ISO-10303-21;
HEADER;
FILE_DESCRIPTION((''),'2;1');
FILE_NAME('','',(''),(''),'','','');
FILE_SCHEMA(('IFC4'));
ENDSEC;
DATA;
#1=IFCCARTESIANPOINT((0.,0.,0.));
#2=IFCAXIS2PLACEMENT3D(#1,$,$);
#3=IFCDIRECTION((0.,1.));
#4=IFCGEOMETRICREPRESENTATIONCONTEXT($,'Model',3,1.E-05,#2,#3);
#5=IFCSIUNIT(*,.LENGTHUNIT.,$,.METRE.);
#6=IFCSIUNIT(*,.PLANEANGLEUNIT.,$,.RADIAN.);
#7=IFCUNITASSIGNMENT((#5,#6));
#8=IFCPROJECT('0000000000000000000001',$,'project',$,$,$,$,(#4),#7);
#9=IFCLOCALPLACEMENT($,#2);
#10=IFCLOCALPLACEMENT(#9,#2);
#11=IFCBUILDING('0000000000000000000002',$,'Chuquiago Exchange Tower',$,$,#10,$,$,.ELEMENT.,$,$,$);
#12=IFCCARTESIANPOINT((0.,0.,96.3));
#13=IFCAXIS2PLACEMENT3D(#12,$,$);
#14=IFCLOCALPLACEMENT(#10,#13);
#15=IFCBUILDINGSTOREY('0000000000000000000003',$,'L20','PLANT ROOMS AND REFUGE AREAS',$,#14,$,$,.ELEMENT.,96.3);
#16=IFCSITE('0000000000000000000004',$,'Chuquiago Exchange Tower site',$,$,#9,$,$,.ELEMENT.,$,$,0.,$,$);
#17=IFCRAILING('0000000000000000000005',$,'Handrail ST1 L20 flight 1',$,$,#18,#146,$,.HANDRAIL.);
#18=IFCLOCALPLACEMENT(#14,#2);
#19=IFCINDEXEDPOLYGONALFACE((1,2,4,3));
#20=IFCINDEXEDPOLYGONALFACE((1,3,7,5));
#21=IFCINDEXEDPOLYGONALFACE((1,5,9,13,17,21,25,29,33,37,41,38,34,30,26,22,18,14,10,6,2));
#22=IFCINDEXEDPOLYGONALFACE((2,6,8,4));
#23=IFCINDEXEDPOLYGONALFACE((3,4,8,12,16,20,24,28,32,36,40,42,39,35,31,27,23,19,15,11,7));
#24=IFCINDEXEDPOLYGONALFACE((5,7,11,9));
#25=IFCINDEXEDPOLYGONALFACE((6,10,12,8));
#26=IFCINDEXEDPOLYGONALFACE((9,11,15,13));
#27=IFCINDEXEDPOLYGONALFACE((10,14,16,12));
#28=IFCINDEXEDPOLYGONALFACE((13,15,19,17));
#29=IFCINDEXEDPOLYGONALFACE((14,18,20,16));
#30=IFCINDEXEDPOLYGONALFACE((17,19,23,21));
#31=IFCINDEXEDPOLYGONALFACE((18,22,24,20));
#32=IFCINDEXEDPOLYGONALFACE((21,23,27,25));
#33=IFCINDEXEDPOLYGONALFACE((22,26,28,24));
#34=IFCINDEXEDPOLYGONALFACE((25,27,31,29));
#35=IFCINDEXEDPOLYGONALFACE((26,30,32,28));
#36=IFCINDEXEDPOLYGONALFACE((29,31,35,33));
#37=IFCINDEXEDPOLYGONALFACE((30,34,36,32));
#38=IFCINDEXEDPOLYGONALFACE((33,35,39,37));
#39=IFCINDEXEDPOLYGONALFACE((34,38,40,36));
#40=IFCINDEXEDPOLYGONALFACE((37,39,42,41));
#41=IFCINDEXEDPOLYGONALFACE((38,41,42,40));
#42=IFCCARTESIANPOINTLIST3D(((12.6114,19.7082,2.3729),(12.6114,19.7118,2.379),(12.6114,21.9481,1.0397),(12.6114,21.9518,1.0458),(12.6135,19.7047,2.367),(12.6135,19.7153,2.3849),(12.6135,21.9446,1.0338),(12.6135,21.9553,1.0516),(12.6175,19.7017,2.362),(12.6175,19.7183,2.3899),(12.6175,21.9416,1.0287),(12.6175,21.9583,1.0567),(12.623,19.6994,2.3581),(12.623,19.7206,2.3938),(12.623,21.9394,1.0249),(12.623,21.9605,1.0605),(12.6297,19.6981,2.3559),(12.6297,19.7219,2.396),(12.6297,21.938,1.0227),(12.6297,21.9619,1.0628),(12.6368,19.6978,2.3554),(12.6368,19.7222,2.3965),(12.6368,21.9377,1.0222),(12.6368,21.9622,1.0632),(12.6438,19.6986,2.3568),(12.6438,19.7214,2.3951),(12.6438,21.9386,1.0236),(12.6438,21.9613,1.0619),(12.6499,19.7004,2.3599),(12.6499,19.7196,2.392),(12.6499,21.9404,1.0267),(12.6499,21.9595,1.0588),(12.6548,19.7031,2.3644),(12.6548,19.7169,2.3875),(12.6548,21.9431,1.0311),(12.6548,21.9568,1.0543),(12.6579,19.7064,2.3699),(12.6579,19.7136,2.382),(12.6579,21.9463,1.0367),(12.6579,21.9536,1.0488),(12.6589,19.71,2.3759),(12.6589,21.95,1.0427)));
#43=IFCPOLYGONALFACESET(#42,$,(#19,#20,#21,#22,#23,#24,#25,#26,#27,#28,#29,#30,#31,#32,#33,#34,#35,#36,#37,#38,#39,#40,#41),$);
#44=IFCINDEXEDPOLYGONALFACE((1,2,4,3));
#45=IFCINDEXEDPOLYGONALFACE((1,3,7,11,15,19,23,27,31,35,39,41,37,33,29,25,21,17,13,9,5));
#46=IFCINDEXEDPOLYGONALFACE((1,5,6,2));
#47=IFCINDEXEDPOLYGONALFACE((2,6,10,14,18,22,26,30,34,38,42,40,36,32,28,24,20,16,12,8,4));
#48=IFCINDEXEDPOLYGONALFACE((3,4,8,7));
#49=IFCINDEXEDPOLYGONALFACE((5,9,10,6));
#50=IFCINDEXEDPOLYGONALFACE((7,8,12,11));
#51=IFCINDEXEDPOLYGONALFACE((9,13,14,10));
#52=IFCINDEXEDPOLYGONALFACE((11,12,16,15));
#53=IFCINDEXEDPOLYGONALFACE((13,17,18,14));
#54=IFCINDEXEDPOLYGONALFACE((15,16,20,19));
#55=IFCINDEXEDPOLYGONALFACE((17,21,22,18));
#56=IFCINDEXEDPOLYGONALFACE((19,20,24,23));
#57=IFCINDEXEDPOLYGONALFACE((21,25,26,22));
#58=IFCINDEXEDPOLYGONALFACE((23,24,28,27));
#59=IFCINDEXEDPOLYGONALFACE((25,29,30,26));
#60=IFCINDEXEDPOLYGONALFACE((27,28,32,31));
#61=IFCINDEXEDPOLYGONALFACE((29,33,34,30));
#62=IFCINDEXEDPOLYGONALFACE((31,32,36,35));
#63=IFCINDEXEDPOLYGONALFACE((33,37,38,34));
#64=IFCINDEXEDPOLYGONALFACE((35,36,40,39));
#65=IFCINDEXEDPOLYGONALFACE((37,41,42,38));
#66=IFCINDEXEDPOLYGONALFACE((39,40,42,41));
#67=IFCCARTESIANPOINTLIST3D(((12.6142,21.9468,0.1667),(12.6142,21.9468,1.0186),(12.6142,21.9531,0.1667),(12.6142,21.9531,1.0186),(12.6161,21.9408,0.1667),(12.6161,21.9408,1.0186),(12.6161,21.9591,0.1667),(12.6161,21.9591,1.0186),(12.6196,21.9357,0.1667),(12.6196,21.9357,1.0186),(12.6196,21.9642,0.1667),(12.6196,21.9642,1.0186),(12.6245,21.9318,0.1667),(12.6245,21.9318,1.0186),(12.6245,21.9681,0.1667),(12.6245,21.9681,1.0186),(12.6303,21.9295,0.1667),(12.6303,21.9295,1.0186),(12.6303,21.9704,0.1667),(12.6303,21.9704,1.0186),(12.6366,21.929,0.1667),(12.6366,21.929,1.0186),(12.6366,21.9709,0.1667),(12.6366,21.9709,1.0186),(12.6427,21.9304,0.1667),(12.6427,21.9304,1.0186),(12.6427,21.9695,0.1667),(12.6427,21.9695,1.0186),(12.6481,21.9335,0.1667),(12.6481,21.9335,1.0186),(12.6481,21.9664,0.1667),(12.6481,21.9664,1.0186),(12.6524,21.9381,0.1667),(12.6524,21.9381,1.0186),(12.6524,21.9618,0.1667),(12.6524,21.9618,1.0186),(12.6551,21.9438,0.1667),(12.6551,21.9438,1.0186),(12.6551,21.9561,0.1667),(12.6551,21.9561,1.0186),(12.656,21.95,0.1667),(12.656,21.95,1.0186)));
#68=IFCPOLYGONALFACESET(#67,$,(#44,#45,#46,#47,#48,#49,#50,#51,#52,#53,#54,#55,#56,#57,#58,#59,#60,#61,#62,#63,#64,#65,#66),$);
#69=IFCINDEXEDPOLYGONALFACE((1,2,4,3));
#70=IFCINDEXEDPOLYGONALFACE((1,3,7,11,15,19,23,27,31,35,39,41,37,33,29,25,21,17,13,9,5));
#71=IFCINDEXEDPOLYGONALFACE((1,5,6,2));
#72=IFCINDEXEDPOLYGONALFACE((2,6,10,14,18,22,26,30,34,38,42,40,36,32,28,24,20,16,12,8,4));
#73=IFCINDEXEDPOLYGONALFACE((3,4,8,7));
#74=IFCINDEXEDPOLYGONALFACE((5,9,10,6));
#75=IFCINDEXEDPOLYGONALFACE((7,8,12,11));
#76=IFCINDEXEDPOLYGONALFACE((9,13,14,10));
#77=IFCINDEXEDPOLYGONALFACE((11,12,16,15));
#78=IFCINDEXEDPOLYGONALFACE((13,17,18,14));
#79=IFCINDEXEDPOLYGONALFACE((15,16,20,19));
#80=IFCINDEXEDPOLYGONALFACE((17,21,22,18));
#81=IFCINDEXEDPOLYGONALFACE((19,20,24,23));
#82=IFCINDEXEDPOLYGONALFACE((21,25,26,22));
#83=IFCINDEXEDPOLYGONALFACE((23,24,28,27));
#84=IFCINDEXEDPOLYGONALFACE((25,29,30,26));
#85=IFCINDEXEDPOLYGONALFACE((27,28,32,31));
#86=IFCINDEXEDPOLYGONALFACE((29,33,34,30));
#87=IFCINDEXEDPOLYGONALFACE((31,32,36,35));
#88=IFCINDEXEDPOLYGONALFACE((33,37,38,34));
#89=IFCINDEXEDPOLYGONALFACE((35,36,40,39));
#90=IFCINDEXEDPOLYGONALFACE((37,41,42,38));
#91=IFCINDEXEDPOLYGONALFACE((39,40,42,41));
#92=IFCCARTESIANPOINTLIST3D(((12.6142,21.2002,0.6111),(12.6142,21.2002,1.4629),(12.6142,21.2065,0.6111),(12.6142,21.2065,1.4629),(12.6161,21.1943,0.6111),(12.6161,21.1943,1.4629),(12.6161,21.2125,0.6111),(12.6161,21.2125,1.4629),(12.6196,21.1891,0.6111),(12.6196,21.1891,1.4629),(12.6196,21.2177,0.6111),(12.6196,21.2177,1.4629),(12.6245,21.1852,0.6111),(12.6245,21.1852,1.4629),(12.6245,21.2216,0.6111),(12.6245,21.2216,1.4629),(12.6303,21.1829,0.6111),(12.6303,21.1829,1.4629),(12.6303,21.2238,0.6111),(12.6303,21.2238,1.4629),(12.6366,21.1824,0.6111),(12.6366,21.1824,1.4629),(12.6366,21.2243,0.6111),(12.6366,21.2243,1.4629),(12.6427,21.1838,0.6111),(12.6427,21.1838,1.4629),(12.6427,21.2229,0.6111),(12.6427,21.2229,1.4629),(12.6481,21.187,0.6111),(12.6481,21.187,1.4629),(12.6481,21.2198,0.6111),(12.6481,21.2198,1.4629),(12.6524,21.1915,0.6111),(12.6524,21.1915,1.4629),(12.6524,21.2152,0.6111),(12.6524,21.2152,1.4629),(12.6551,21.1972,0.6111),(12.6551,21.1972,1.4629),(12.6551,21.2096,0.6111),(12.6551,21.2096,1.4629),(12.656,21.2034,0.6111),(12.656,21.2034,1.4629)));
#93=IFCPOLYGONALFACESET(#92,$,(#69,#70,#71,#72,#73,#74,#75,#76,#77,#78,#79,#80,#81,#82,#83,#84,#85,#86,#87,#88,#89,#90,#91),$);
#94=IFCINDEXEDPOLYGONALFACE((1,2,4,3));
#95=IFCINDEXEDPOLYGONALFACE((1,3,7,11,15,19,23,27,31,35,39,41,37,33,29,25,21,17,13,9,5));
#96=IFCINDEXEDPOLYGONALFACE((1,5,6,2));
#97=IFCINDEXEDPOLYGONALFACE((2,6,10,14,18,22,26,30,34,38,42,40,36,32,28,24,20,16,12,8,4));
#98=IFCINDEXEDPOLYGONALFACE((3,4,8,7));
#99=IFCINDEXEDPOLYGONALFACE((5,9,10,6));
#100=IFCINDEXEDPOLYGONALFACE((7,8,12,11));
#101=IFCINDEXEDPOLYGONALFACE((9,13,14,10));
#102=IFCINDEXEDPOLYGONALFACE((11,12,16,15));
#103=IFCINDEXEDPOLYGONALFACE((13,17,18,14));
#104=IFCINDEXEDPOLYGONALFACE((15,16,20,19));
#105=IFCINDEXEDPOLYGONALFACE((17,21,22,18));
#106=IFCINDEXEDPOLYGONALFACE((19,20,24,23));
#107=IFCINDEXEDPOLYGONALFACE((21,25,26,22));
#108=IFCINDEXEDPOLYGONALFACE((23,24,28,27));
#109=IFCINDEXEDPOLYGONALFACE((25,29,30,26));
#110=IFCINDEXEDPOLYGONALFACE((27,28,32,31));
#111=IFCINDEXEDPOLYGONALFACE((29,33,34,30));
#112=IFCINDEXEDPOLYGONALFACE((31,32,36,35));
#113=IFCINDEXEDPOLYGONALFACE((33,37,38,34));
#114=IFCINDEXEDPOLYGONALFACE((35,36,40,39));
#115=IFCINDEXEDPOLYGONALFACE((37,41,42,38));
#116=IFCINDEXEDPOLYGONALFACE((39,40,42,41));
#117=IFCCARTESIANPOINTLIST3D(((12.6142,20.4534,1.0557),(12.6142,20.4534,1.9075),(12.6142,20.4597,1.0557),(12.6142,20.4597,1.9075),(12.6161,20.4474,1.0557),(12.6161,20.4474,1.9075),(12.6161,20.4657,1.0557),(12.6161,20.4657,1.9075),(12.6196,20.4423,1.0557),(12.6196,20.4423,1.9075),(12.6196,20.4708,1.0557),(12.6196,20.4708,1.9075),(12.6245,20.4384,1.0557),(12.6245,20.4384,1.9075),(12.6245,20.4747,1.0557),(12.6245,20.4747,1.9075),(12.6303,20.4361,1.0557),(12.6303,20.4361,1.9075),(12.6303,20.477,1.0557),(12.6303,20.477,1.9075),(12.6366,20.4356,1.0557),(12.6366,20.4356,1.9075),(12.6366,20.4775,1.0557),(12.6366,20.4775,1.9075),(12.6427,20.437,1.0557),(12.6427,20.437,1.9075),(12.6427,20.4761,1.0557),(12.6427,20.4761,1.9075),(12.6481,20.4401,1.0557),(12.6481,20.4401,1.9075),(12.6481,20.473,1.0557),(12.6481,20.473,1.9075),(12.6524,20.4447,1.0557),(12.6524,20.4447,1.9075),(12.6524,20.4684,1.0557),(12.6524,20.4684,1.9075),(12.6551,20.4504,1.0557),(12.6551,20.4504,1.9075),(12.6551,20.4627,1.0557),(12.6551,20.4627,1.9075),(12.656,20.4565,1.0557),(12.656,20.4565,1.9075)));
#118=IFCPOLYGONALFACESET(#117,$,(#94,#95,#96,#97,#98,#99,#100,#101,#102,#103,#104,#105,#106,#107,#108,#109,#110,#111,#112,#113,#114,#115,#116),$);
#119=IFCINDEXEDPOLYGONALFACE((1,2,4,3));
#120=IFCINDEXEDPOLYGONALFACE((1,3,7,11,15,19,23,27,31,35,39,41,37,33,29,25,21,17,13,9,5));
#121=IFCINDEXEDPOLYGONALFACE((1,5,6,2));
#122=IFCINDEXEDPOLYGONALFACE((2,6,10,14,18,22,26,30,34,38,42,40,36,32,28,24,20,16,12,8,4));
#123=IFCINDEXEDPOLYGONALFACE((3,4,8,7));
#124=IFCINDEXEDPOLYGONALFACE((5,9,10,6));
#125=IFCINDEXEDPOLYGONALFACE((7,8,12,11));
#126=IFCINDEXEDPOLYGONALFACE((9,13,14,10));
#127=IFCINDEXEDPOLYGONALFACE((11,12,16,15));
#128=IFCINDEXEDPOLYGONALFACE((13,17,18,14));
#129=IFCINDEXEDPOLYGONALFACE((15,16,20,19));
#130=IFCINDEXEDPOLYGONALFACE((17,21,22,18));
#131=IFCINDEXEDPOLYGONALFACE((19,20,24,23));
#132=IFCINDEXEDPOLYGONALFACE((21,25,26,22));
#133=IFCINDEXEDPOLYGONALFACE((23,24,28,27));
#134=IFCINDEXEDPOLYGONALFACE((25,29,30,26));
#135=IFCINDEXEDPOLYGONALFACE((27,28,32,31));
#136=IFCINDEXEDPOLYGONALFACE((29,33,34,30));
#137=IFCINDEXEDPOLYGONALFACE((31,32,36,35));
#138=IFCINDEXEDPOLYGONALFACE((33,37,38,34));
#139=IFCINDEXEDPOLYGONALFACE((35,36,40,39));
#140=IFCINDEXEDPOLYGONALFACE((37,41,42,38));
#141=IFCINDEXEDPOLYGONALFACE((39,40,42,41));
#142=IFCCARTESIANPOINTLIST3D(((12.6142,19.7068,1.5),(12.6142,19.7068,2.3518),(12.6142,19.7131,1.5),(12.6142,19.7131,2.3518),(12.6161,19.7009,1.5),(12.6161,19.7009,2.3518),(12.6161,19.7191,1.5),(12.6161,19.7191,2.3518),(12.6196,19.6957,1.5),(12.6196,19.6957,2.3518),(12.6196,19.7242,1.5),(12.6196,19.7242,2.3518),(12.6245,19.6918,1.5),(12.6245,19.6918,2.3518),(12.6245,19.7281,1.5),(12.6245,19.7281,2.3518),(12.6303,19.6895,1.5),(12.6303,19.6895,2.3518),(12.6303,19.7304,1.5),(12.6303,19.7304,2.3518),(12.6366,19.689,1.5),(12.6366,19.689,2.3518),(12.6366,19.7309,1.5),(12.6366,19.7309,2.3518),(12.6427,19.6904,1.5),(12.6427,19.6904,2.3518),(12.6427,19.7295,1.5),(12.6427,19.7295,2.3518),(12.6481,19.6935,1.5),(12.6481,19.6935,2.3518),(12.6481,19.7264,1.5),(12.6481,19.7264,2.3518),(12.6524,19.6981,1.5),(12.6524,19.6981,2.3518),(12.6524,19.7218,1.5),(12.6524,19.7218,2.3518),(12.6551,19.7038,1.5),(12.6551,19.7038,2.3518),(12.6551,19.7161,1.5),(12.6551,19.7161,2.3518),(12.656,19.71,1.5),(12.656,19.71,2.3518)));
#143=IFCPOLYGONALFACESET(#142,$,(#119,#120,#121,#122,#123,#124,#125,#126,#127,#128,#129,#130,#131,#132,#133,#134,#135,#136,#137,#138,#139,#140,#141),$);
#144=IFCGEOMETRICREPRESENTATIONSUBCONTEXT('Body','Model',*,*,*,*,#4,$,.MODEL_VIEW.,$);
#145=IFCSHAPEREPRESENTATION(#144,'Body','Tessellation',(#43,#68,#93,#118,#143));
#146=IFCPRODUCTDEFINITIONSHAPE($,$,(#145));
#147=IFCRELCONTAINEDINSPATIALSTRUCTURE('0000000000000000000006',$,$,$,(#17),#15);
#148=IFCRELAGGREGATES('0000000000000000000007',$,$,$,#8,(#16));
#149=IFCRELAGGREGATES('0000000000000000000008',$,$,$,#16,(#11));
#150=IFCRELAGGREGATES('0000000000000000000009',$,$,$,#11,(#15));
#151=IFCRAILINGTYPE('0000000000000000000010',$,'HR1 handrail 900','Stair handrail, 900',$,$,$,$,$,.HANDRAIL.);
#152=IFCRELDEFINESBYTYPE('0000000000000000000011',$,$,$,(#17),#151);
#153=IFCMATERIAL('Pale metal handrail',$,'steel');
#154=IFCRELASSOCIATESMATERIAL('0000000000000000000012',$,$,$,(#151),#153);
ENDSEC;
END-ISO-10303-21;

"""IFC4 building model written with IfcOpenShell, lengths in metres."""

from ifc_helpers import new_model, si_unit, direction, frame, origin, origin_2d, place, context, subcontext, project, spatial, circle, extrude, material, type_object, element, save


model = new_model("IFC4")

# Units and contexts
model_context = context("Model", 3, precision=1e-05, world=origin(), true_north=direction((0.0, 1.0)))
body_context = subcontext(model_context, "Body", "Model", "MODEL_VIEW")
ifc_project = project(units=[si_unit("LENGTHUNIT", "METRE"), si_unit("PLANEANGLEUNIT", "RADIAN")], contexts=[model_context])

# Site, building, storey
site_placement = place(None, origin())
site = spatial("IfcSite", under=ifc_project, at=site_placement, Name="Chuquiago Exchange Tower site", CompositionType="ELEMENT", RefElevation=0.0)
building_placement = place(site_placement, origin())
building = spatial("IfcBuilding", under=site, at=building_placement, Name="Chuquiago Exchange Tower", CompositionType="ELEMENT")
storey_placement = place(building_placement, frame((0.0, 0.0, 96.3)))
storey = spatial("IfcBuildingStorey", under=building, at=storey_placement, Name="L20", Description="PLANT ROOMS AND REFUGE AREAS", CompositionType="ELEMENT", Elevation=96.3)

# Railing
ifc_material_1 = material(Name="Pale metal handrail", Category="steel")
railing_type_1 = type_object("IfcRailingType", Name="HR1 handrail 900", Description="Stair handrail, 900", PredefinedType="HANDRAIL", material=ifc_material_1)
for number, where, name in (
    (1, (12.635, 21.95, 0.1667), "Handrail ST1 L20 flight 1"),
):
    element("IfcRailing", number, at=place(storey_placement, frame(where)), inside=storey, type_object=railing_type_1, Name=name, PredefinedType="HANDRAIL", context=body_context, shape_type="SweptSolid", body=[
        extrude(circle(Radius=0.0239, at=origin_2d()), frame((0.0, 0.0, 0.876), z_axis=(0.0, -0.859306, 0.511462), x_axis=(1.0, 0.0, 0.0)), (0.0, 0.0, 1.0), 2.6067),
        extrude(circle(Radius=0.021, at=origin_2d()), origin(), (0.0, 0.0, 1.0), 0.8518),
        extrude(circle(Radius=0.021, at=origin_2d()), frame((0.0, -0.7466, 0.4443)), (0.0, 0.0, 1.0), 0.8518),
        extrude(circle(Radius=0.021, at=origin_2d()), frame((0.0, -1.4934, 0.8889)), (0.0, 0.0, 1.0), 0.8518),
        extrude(circle(Radius=0.021, at=origin_2d()), frame((0.0, -2.24, 1.3333)), (0.0, 0.0, 1.0), 0.8518),
    ])

save(model, "model.ifc")
